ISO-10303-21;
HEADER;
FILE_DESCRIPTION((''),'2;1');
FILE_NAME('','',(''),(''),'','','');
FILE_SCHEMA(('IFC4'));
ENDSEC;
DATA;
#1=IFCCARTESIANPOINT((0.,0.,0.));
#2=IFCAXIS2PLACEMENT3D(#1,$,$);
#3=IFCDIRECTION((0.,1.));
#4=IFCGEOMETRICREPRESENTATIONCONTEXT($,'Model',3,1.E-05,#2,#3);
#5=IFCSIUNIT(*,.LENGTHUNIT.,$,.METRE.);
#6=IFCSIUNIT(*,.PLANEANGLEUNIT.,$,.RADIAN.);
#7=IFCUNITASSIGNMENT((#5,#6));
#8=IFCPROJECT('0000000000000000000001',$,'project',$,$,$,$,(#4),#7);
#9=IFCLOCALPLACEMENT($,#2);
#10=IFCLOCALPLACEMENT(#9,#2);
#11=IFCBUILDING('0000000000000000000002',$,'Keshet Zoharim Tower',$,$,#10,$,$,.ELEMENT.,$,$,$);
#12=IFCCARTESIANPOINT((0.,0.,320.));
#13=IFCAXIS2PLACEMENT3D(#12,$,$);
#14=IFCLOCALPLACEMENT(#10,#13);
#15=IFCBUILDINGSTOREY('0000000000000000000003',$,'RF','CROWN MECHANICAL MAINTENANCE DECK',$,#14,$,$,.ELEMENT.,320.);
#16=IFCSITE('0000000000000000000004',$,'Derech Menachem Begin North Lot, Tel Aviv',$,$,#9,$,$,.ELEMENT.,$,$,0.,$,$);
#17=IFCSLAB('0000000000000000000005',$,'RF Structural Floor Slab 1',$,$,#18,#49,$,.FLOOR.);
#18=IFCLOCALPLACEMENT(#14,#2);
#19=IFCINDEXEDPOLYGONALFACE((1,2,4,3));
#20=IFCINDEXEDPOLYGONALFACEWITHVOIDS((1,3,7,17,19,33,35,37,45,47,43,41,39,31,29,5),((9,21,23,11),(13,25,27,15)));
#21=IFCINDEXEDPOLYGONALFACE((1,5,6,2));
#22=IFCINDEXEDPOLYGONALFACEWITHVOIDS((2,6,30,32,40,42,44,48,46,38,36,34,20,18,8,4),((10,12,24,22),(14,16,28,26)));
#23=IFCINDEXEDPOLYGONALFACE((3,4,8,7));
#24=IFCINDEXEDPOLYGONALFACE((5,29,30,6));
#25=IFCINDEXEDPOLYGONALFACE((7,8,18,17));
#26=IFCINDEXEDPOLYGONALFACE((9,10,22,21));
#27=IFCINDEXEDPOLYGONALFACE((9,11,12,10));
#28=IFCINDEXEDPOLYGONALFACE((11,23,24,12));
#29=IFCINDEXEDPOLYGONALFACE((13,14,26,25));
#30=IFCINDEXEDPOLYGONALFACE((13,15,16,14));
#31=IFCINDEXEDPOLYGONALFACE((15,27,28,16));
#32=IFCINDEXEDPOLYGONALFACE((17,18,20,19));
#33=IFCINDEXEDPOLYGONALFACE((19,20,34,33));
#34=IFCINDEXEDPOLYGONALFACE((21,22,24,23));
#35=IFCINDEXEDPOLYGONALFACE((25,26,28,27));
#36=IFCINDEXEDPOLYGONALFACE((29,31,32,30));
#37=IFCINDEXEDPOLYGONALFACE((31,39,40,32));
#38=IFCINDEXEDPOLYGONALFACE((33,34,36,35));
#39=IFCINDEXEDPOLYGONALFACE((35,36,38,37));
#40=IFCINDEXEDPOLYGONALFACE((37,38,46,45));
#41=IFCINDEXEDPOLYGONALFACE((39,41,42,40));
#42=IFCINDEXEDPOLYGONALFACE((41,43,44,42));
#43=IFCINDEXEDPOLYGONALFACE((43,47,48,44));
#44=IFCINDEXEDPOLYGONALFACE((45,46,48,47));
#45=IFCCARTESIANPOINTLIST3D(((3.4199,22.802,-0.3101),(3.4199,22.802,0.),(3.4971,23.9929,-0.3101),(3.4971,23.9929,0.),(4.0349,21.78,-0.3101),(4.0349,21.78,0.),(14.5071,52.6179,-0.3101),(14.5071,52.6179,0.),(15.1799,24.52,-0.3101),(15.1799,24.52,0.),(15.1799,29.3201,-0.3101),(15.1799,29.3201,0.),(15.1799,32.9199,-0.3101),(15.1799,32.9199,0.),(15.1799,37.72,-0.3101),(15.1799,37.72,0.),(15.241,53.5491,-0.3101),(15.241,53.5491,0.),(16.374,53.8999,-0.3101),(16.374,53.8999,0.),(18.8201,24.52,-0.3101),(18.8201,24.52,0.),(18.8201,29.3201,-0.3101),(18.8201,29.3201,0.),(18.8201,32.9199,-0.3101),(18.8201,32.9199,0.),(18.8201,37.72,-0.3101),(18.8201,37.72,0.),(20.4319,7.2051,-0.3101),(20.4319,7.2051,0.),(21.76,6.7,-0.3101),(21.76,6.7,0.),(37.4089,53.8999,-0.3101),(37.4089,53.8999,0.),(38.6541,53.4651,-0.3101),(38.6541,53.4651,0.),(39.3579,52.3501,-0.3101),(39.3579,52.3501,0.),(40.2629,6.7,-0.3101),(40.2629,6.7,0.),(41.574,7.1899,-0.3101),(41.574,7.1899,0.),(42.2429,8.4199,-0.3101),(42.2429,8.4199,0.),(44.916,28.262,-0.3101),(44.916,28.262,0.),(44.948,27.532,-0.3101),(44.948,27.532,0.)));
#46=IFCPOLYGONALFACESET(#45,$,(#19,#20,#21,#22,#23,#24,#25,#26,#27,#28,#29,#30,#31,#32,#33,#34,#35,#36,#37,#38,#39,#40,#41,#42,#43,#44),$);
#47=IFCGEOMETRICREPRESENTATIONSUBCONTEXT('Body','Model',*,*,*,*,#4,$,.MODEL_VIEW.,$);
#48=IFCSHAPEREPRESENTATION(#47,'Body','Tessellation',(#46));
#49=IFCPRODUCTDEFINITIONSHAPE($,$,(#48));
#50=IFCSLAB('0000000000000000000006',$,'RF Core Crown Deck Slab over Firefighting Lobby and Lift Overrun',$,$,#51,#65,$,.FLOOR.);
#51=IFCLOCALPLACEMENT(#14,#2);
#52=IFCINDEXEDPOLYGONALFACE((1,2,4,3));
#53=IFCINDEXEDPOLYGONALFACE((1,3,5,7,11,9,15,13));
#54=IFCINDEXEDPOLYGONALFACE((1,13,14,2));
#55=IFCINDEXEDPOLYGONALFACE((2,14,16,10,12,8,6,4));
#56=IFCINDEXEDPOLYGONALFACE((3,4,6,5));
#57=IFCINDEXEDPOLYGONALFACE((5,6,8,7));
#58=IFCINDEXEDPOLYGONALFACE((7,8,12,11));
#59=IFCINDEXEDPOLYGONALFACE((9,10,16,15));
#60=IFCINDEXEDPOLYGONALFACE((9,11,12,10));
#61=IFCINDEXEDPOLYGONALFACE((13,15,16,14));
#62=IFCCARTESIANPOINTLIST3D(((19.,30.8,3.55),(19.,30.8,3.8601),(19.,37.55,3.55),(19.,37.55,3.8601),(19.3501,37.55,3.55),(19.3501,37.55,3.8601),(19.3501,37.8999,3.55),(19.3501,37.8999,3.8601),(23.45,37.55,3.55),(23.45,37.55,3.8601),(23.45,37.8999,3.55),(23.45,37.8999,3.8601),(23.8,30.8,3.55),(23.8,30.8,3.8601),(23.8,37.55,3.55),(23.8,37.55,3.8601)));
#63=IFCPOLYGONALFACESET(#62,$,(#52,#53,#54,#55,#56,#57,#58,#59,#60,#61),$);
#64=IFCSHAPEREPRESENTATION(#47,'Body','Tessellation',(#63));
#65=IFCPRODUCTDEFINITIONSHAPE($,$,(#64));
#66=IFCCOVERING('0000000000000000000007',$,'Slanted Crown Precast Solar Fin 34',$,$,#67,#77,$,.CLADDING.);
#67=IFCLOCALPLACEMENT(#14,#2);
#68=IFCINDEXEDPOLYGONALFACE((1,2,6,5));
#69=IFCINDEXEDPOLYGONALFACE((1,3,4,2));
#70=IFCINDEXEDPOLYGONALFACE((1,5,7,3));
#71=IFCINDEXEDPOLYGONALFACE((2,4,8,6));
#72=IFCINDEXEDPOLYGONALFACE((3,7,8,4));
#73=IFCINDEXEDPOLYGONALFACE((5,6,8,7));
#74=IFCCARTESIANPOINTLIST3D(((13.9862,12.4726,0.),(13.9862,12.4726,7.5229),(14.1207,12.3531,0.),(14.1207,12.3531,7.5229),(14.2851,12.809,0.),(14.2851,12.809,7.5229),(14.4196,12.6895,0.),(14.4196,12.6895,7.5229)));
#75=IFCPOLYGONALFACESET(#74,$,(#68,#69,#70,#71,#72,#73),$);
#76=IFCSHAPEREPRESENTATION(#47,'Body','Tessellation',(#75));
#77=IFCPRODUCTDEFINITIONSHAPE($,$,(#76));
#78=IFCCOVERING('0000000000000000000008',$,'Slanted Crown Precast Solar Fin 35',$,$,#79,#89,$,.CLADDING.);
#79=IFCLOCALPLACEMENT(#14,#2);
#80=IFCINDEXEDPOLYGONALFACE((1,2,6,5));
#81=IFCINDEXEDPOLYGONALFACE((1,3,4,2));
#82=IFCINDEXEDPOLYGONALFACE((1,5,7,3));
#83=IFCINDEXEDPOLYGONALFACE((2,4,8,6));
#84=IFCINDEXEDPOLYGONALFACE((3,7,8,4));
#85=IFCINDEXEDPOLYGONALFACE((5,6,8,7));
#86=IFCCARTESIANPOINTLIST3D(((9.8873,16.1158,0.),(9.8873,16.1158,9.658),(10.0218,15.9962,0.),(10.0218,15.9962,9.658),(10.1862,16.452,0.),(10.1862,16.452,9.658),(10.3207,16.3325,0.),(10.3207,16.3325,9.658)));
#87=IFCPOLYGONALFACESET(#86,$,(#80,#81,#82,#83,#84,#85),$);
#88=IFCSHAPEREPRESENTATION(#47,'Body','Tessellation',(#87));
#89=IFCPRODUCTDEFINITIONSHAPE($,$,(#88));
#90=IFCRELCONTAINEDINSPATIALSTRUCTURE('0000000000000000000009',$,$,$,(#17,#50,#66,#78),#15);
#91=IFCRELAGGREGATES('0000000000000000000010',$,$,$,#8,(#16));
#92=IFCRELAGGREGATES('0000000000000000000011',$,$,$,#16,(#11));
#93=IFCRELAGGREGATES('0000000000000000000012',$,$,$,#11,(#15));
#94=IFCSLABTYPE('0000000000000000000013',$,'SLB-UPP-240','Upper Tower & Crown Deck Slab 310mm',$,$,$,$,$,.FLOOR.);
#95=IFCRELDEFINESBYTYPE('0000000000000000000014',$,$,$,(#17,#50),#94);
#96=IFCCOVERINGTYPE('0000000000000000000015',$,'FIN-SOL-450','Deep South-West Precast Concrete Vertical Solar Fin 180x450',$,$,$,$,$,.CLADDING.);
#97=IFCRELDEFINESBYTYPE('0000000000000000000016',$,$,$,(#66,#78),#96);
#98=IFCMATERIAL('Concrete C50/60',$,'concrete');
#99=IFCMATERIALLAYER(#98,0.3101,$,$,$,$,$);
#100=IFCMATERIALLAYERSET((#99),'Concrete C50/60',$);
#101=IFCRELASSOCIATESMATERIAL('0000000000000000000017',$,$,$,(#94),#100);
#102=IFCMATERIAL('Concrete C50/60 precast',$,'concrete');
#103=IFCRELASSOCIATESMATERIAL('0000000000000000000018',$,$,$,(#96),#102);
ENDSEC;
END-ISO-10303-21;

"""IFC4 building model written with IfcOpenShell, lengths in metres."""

from ifc_helpers import new_model, si_unit, direction, frame, origin, origin_2d, place, context, subcontext, project, spatial, polyline, rectangle, outline, extrude, material, layer, layer_set, type_object, element, save


model = new_model("IFC4")

# Units and contexts
model_context = context("Model", 3, precision=1e-05, world=origin(), true_north=direction((0.0, 1.0)))
body_context = subcontext(model_context, "Body", "Model", "MODEL_VIEW")
ifc_project = project(units=[si_unit("LENGTHUNIT", "METRE"), si_unit("PLANEANGLEUNIT", "RADIAN")], contexts=[model_context])

# Site, building, storey
site_placement = place(None, origin())
site = spatial("IfcSite", under=ifc_project, at=site_placement, Name="Derech Menachem Begin North Lot, Tel Aviv", CompositionType="ELEMENT", RefElevation=0.0)
building_placement = place(site_placement, origin())
building = spatial("IfcBuilding", under=site, at=building_placement, Name="Keshet Zoharim Tower", CompositionType="ELEMENT")
storey_placement = place(building_placement, frame((0.0, 0.0, 320.0)))
storey = spatial("IfcBuildingStorey", under=building, at=storey_placement, Name="RF", Description="CROWN MECHANICAL MAINTENANCE DECK", CompositionType="ELEMENT", Elevation=320.0)

# Slabs
ifc_material_1 = material(Name="Concrete C50/60", Category="concrete")
ifc_layer_1 = layer(ifc_material_1, 0.3101)
ifc_layer_set_1 = layer_set([ifc_layer_1], Name="Concrete C50/60")
slab_type = type_object("IfcSlabType", Name="SLB-UPP-240", Description="Upper Tower & Crown Deck Slab 310mm", PredefinedType="FLOOR", material=ifc_layer_set_1)
slab_1_placement = place(storey_placement, frame((0.0, 0.0, -0.3101)))
element("IfcSlab", 1, at=slab_1_placement, inside=storey, type_object=slab_type, Name="RF Structural Floor Slab 1", PredefinedType="FLOOR", context=body_context, shape_type="SweptSolid", body=[
    extrude(outline(polyline([(4.0349, 21.78), (3.4199, 22.802), (3.4971, 23.9929), (14.5071, 52.6179), (15.241, 53.5491), (16.374, 53.8999), (37.4089, 53.8999), (38.6541, 53.4651), (39.3579, 52.3501), (44.916, 28.262), (44.948, 27.532), (42.2429, 8.4199), (41.574, 7.1899), (40.2629, 6.7), (21.76, 6.7), (20.4319, 7.2051), (4.0349, 21.78)]), holes=[polyline([(15.1799, 24.52), (18.8201, 24.52), (18.8201, 29.3201), (15.1799, 29.3201), (15.1799, 24.52)]), polyline([(15.1799, 32.9199), (18.8201, 32.9199), (18.8201, 37.72), (15.1799, 37.72), (15.1799, 32.9199)])]), origin(), (0.0, 0.0, 1.0), 0.3101),
])
slab_2_placement = place(storey_placement, frame((0.0, 0.0, 3.55)))
element("IfcSlab", 2, at=slab_2_placement, inside=storey, type_object=slab_type, Name="RF Core Crown Deck Slab over Firefighting Lobby and Lift Overrun", PredefinedType="FLOOR", context=body_context, shape_type="SweptSolid", body=[
    extrude(outline(polyline([(19.0, 30.8), (23.8, 30.8), (23.8, 37.55), (23.45, 37.55), (23.45, 37.8999), (19.3501, 37.8999), (19.3501, 37.55), (19.0, 37.55), (19.0, 30.8)])), origin(), (0.0, 0.0, 1.0), 0.3101),
])

# Coverings
ifc_material_2 = material(Name="Concrete C50/60 precast", Category="concrete")
covering_type = type_object("IfcCoveringType", Name="FIN-SOL-450", Description="Deep South-West Precast Concrete Vertical Solar Fin 180x450", PredefinedType="CLADDING", material=ifc_material_2)
covering_1_placement = place(storey_placement, frame((14.2029, 12.5811, 0.0), z_axis=(0.0, 0.0, 1.0), x_axis=(-0.74754, 0.664217, 0.0)))
element("IfcCovering", 3, at=covering_1_placement, inside=storey, type_object=covering_type, Name="Slanted Crown Precast Solar Fin 34", PredefinedType="CLADDING", context=body_context, shape_type="SweptSolid", body=[
    extrude(rectangle(XDim=0.1799, YDim=0.45, at=origin_2d()), origin(), (0.0, 0.0, 1.0), 7.5229),
])
covering_2_placement = place(storey_placement, frame((10.104, 16.2241, 0.0), z_axis=(0.0, 0.0, 1.0), x_axis=(-0.747369, 0.664409, 0.0)))
element("IfcCovering", 4, at=covering_2_placement, inside=storey, type_object=covering_type, Name="Slanted Crown Precast Solar Fin 35", PredefinedType="CLADDING", context=body_context, shape_type="SweptSolid", body=[
    extrude(rectangle(XDim=0.1799, YDim=0.45, at=origin_2d()), origin(), (0.0, 0.0, 1.0), 9.658),
])

save(model, "model.ifc")
